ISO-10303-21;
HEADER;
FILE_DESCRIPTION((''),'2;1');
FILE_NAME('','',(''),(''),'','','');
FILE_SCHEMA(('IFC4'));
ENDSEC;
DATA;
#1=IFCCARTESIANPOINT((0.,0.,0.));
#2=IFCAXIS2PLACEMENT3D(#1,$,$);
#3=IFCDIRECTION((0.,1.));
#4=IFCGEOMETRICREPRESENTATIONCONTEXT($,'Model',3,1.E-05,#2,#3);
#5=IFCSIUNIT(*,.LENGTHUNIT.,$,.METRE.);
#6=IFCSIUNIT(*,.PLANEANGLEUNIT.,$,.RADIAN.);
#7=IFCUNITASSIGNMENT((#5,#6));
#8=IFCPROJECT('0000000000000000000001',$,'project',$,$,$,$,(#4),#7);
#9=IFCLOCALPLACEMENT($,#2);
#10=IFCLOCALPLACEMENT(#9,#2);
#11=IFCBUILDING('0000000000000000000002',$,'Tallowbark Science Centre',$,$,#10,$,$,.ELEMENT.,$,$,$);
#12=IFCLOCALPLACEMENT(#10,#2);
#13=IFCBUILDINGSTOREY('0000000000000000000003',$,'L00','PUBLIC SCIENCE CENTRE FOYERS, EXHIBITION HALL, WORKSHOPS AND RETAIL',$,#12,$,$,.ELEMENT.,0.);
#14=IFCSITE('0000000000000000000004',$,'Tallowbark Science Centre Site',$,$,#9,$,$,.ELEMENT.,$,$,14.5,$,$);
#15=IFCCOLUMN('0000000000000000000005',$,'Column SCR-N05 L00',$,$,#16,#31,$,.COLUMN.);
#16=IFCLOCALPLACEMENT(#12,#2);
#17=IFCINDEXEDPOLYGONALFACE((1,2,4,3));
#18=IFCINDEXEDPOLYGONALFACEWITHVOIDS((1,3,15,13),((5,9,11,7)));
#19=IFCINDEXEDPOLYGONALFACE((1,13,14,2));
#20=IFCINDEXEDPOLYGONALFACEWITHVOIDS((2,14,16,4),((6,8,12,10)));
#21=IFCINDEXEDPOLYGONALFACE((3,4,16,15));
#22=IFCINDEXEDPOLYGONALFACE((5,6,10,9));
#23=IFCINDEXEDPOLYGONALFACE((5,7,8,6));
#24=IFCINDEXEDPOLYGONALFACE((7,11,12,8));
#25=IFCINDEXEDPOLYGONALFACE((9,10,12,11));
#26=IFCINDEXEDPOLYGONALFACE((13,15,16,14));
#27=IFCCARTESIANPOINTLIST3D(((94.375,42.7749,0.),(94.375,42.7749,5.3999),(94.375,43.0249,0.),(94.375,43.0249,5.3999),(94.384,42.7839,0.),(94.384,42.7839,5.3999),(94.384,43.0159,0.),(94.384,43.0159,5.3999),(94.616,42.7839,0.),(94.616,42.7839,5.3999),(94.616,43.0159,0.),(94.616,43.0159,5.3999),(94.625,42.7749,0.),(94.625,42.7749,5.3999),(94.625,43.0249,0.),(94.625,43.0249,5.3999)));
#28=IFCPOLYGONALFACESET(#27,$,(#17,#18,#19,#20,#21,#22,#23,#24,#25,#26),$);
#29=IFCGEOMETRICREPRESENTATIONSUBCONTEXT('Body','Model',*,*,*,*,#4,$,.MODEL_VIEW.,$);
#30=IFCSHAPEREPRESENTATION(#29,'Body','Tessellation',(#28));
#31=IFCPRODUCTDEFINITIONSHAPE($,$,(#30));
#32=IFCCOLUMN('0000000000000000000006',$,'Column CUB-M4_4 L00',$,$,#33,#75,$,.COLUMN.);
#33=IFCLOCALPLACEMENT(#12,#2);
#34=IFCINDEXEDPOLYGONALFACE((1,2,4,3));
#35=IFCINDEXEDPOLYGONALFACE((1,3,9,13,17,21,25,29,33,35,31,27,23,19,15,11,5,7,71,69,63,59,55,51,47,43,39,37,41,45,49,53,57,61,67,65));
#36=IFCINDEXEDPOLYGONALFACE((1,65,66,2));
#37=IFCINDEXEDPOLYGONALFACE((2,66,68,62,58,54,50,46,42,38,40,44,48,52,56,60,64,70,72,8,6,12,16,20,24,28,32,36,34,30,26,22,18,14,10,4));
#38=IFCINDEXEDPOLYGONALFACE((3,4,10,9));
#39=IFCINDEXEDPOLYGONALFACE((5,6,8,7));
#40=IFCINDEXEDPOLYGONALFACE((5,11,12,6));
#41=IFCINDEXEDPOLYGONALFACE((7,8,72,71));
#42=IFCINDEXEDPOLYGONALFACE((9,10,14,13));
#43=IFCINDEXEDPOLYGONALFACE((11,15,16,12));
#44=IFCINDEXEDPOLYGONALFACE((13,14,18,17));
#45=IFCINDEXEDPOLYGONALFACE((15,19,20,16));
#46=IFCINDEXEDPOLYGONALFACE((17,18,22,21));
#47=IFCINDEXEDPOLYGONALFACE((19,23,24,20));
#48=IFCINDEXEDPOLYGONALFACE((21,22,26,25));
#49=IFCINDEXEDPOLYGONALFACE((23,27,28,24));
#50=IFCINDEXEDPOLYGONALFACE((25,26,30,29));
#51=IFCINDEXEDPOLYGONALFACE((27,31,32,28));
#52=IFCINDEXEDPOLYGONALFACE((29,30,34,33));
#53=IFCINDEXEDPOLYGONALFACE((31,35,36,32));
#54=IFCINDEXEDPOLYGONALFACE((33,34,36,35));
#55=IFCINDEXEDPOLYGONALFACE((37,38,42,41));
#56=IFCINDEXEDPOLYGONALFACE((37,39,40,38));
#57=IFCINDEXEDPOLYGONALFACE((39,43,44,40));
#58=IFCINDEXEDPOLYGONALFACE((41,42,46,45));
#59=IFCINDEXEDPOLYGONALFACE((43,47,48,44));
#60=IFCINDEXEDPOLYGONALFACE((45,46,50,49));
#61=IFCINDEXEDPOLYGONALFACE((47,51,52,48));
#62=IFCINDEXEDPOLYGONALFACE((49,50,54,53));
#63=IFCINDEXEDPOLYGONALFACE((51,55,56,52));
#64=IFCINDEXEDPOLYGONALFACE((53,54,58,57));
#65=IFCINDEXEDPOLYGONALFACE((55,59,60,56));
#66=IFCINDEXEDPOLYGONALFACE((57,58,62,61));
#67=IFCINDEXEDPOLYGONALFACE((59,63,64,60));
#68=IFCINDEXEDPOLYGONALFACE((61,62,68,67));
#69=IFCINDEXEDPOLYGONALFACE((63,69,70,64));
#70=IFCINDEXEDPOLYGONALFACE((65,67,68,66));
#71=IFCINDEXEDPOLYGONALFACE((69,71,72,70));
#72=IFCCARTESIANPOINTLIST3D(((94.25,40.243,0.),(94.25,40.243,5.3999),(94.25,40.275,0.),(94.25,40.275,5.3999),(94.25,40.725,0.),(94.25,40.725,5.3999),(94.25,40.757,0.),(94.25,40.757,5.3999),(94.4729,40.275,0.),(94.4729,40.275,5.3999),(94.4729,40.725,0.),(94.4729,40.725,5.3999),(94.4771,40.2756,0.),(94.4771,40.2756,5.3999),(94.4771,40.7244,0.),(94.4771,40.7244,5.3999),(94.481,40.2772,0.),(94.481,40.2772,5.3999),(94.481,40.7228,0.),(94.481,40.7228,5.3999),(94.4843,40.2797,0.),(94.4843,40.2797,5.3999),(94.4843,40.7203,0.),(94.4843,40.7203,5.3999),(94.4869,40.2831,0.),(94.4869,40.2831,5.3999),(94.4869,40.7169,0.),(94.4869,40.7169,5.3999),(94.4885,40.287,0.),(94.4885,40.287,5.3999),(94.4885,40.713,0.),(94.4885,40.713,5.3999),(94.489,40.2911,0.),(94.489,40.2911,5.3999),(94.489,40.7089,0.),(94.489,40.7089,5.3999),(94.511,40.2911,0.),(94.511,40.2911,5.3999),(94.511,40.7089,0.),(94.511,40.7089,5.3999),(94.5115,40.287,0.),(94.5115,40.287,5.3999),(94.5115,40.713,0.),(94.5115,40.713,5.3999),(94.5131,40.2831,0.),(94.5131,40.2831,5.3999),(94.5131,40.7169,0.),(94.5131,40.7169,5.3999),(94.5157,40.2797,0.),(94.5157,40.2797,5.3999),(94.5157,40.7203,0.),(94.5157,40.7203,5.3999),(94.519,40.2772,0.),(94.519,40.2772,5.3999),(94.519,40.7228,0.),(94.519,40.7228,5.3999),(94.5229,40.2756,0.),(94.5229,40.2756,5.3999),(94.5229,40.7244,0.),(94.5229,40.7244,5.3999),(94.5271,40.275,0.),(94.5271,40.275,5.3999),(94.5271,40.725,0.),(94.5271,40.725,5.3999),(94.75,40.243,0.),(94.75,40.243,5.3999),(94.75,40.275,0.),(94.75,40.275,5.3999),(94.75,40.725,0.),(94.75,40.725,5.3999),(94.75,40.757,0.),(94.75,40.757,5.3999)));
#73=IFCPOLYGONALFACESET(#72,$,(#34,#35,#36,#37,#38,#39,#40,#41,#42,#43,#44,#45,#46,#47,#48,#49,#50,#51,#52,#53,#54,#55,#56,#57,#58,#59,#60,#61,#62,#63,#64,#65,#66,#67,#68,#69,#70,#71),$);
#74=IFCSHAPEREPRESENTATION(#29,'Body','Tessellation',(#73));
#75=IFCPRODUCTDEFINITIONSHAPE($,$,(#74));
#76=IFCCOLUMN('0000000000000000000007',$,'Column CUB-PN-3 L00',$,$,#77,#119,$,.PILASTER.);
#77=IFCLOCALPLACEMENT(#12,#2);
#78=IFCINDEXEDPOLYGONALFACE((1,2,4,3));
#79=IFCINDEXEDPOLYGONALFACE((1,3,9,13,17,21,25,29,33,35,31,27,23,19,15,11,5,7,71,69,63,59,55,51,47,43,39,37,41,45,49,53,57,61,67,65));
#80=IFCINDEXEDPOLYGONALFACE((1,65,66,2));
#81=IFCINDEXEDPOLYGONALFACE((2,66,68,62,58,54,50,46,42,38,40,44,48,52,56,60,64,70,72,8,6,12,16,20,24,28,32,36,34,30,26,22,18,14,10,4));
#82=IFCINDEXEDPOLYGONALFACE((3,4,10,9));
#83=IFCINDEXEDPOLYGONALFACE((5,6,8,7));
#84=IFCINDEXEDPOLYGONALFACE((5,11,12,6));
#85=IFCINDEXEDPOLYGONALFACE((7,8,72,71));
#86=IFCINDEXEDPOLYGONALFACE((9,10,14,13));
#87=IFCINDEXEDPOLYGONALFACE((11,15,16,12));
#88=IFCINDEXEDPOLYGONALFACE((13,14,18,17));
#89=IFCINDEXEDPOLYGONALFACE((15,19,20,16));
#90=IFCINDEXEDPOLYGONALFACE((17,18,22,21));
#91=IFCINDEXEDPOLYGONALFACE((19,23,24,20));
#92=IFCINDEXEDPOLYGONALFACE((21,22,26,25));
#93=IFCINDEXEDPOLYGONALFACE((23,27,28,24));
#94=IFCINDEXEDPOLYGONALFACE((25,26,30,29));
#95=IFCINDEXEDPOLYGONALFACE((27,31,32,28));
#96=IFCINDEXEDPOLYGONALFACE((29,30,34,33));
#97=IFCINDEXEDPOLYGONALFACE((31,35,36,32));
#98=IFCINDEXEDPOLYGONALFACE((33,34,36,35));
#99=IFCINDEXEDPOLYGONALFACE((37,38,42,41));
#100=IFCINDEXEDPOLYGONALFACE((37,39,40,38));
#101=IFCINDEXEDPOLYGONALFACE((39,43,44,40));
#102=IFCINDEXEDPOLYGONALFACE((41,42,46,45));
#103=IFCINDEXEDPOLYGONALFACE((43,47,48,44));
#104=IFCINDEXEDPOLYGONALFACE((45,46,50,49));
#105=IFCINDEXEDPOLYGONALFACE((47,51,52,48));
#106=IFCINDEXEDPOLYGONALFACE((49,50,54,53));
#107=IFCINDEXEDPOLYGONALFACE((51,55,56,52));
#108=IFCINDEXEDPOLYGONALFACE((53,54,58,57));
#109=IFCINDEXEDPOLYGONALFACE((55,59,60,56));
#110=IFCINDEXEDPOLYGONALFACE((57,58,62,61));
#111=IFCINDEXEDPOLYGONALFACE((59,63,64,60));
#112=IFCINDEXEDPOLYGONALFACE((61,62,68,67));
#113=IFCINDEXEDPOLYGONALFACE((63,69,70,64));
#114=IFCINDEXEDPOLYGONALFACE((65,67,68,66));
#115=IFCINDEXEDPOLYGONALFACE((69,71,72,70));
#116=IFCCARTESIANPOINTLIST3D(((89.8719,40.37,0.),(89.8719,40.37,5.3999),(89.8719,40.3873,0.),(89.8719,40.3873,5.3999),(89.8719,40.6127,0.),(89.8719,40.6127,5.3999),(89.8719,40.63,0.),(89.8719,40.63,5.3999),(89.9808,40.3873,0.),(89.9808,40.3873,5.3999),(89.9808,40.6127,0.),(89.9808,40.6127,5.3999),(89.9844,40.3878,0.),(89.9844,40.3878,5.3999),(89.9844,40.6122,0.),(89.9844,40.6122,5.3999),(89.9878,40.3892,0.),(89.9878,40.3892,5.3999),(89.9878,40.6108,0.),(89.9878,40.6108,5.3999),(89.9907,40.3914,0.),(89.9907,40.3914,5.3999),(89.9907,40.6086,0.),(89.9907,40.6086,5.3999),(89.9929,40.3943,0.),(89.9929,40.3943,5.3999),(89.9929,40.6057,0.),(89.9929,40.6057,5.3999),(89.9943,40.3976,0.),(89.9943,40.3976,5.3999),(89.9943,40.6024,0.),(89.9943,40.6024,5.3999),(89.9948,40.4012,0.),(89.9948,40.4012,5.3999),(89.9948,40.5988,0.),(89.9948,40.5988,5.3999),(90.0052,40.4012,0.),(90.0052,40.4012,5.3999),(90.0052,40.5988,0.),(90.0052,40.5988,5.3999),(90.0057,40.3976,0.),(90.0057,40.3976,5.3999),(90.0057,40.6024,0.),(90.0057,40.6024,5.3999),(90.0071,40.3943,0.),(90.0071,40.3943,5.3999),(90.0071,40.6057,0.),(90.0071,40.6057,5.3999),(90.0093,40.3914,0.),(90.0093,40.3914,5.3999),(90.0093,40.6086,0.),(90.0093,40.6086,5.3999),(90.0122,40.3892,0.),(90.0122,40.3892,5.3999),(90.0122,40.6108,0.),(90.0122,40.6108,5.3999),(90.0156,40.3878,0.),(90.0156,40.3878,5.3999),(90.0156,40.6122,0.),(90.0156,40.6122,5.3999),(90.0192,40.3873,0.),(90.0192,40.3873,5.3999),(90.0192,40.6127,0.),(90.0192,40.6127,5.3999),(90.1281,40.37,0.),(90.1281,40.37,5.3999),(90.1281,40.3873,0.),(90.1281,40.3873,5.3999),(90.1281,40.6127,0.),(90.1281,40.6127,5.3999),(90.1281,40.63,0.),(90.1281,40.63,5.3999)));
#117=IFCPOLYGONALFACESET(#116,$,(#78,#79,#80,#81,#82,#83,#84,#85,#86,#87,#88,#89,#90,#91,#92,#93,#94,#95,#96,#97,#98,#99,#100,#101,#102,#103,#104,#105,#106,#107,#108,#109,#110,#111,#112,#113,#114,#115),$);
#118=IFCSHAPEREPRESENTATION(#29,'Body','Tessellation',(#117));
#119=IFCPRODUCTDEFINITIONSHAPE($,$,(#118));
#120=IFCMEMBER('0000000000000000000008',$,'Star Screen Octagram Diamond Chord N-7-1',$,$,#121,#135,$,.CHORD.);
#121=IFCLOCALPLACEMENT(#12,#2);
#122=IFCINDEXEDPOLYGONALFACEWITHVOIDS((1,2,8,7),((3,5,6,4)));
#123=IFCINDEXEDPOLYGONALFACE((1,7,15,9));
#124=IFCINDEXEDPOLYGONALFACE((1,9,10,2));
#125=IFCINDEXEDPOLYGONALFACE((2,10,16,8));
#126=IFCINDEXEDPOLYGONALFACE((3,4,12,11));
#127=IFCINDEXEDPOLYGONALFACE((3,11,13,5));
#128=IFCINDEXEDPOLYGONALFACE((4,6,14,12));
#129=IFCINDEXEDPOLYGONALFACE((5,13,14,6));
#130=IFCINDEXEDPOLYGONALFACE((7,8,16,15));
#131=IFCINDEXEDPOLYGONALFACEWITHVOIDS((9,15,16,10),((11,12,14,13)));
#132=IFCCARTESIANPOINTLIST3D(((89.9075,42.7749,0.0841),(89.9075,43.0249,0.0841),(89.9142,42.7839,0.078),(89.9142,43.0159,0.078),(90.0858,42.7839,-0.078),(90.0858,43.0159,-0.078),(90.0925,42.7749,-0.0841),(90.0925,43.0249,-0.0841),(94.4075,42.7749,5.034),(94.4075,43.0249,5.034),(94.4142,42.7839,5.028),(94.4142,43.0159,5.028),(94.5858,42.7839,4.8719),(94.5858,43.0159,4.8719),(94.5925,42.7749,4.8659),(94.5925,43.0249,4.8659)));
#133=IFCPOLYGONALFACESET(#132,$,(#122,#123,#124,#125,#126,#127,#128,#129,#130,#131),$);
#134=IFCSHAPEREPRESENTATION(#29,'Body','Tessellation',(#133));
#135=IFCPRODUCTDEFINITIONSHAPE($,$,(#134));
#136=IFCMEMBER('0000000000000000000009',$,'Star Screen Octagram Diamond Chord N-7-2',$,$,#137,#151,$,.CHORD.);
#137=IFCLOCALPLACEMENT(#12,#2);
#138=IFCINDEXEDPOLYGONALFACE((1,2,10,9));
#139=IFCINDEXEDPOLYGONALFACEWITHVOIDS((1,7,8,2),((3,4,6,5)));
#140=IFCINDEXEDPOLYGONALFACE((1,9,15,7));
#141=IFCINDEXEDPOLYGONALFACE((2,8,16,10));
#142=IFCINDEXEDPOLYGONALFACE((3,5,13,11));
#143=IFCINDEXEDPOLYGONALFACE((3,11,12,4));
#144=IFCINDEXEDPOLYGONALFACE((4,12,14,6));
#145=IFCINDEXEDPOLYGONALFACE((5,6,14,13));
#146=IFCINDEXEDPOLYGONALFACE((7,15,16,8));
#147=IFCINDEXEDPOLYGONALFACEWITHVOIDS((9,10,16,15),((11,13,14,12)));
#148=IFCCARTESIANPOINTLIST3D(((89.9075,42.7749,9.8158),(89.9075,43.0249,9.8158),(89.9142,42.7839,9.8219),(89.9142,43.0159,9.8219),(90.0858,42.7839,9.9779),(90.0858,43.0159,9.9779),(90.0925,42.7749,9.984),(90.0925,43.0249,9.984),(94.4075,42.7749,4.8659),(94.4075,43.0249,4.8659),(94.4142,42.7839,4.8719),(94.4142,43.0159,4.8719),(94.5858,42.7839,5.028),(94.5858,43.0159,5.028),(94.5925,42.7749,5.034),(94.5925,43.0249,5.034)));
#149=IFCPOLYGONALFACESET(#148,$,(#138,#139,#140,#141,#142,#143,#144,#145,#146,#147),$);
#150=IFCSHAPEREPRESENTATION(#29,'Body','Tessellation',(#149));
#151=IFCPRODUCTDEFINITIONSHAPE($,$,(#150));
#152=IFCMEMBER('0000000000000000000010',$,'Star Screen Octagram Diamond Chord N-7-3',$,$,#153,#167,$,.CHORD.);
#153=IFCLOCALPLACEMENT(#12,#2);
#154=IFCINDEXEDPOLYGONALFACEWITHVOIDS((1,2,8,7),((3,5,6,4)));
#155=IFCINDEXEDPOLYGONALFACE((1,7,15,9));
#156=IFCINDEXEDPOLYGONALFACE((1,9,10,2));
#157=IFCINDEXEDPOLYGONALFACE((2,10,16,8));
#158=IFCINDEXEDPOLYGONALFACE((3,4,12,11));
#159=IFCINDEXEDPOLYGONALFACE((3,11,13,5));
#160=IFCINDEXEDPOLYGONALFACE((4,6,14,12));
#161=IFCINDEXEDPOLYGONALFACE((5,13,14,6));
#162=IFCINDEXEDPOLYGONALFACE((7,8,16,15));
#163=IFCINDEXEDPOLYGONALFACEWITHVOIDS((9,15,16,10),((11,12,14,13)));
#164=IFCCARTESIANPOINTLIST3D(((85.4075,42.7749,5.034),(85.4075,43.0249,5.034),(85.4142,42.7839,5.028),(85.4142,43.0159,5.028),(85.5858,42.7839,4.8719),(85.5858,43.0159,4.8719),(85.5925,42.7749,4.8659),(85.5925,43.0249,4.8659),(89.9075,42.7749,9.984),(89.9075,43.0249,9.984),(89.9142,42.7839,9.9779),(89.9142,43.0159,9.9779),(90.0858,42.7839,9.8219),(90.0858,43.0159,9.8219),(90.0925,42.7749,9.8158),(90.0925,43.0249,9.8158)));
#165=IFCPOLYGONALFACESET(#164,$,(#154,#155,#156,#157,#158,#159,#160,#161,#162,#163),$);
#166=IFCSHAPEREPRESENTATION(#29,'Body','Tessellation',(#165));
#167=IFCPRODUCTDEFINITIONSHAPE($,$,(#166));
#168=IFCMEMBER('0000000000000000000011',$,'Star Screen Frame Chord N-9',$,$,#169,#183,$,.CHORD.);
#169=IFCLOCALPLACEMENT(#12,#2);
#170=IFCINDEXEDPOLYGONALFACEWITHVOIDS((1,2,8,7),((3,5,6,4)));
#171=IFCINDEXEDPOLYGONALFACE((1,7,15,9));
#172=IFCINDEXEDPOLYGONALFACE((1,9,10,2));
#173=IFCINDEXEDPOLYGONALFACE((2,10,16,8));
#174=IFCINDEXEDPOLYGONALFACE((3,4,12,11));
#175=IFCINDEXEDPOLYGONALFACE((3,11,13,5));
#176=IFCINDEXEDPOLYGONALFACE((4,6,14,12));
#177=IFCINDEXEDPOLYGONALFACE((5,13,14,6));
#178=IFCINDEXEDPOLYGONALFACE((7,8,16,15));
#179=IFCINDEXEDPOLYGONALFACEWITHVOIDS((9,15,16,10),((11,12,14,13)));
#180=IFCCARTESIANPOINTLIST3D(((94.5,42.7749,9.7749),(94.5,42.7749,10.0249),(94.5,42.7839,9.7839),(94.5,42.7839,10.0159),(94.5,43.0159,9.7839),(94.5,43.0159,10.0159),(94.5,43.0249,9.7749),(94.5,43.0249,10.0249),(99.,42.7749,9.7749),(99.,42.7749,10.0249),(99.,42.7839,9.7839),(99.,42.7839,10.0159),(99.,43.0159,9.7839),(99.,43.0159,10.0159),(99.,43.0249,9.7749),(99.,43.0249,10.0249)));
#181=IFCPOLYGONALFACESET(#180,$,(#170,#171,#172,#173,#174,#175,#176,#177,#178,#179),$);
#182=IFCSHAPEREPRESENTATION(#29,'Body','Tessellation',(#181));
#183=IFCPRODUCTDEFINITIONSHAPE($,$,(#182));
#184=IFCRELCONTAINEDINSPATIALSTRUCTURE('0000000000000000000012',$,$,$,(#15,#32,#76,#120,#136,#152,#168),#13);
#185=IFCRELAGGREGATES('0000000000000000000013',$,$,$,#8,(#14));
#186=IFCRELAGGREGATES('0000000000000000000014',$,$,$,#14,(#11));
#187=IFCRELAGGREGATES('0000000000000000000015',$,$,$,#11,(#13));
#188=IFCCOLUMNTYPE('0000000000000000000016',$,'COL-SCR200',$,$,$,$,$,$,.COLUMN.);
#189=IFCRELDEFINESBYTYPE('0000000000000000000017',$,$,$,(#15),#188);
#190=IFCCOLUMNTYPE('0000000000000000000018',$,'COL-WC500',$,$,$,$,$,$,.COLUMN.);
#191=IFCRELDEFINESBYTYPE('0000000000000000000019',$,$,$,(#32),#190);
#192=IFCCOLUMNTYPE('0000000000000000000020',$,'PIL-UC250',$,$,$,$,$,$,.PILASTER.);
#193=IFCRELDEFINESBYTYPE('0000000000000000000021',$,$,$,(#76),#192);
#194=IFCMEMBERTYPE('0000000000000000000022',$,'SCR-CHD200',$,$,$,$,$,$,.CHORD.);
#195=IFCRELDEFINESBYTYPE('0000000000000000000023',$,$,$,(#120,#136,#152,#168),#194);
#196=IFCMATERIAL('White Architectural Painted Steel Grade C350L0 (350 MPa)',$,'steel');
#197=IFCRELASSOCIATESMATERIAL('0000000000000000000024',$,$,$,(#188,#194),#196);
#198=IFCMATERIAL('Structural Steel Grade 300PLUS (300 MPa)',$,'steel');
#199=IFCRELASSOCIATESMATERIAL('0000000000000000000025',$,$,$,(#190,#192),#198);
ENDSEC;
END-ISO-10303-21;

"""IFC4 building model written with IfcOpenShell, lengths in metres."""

from ifc_helpers import new_model, si_unit, direction, frame, origin, origin_2d, place, context, subcontext, project, spatial, hollow_rectangle, i_section, extrude, material, material_profile, profile_set, type_object, element, save


model = new_model("IFC4")

# Units and contexts
model_context = context("Model", 3, precision=1e-05, world=origin(), true_north=direction((0.0, 1.0)))
body_context = subcontext(model_context, "Body", "Model", "MODEL_VIEW")
ifc_project = project(units=[si_unit("LENGTHUNIT", "METRE"), si_unit("PLANEANGLEUNIT", "RADIAN")], contexts=[model_context])

# Site, building, storey
site_placement = place(None, origin())
site = spatial("IfcSite", under=ifc_project, at=site_placement, Name="Tallowbark Science Centre Site", CompositionType="ELEMENT", RefElevation=14.5)
building_placement = place(site_placement, origin())
building = spatial("IfcBuilding", under=site, at=building_placement, Name="Tallowbark Science Centre", CompositionType="ELEMENT")
storey_placement = place(building_placement, origin())
storey = spatial("IfcBuildingStorey", under=building, at=storey_placement, Name="L00", Description="PUBLIC SCIENCE CENTRE FOYERS, EXHIBITION HALL, WORKSHOPS AND RETAIL", CompositionType="ELEMENT", Elevation=0.0)

# Columns
ifc_material_1 = material(Name="White Architectural Painted Steel Grade C350L0 (350 MPa)", Category="steel")
ifc_material_profile_1 = material_profile(ifc_material_1, hollow_rectangle(XDim=0.25, YDim=0.25, WallThickness=0.009, at=origin_2d()), Name="250x250x9.0SHS")
ifc_profile_set_1 = profile_set([ifc_material_profile_1], Name="White Architectural Painted Steel Grade C350L0 (350 MPa)")
column_type_1 = type_object("IfcColumnType", Name="COL-SCR200", PredefinedType="COLUMN", material=ifc_profile_set_1)
column_1_placement = place(storey_placement, frame((94.5, 42.8999, 0.0), z_axis=(0.0, 0.0, 1.0), x_axis=(1.0, 0.0, 0.0)))
element("IfcColumn", 1, at=column_1_placement, inside=storey, type_object=column_type_1, Name="Column SCR-N05 L00", PredefinedType="COLUMN", context=body_context, shape_type="SweptSolid", body=[
    extrude(hollow_rectangle(XDim=0.25, YDim=0.25, WallThickness=0.009, at=origin_2d()), origin(), (0.0, 0.0, 1.0), 5.3999),
])
ifc_material_2 = material(Name="Structural Steel Grade 300PLUS (300 MPa)", Category="steel")
ifc_material_profile_2 = material_profile(ifc_material_2, i_section(OverallWidth=0.5, OverallDepth=0.5139, WebThickness=0.022, FlangeThickness=0.032, FilletRadius=0.0161, at=origin_2d()), Name="500WC340")
ifc_profile_set_2 = profile_set([ifc_material_profile_2], Name="Structural Steel Grade 300PLUS (300 MPa)")
column_type_2 = type_object("IfcColumnType", Name="COL-WC500", PredefinedType="COLUMN", material=ifc_profile_set_2)
column_2_placement = place(storey_placement, frame((94.5, 40.5, 0.0), z_axis=(0.0, 0.0, 1.0), x_axis=(1.0, 0.0, 0.0)))
element("IfcColumn", 2, at=column_2_placement, inside=storey, type_object=column_type_2, Name="Column CUB-M4_4 L00", PredefinedType="COLUMN", context=body_context, shape_type="SweptSolid", body=[
    extrude(i_section(OverallWidth=0.5, OverallDepth=0.5139, WebThickness=0.022, FlangeThickness=0.032, FilletRadius=0.0161, at=origin_2d()), origin(), (0.0, 0.0, 1.0), 5.3999),
])
ifc_material_profile_3 = material_profile(ifc_material_2, i_section(OverallWidth=0.2561, OverallDepth=0.26, WebThickness=0.0105, FlangeThickness=0.0173, FilletRadius=0.0139, at=origin_2d()), Name="250UC89.5")
ifc_profile_set_3 = profile_set([ifc_material_profile_3], Name="Structural Steel Grade 300PLUS (300 MPa)")
column_type_3 = type_object("IfcColumnType", Name="PIL-UC250", PredefinedType="PILASTER", material=ifc_profile_set_3)
column_3_placement = place(storey_placement, frame((90.0, 40.5, 0.0), z_axis=(0.0, 0.0, 1.0), x_axis=(1.0, 0.0, 0.0)))
element("IfcColumn", 3, at=column_3_placement, inside=storey, type_object=column_type_3, Name="Column CUB-PN-3 L00", PredefinedType="PILASTER", context=body_context, shape_type="SweptSolid", body=[
    extrude(i_section(OverallWidth=0.2561, OverallDepth=0.26, WebThickness=0.0105, FlangeThickness=0.0173, FilletRadius=0.0139, at=origin_2d()), origin(), (0.0, 0.0, 1.0), 5.3999),
])

# Members
ifc_material_profile_4 = material_profile(ifc_material_1, hollow_rectangle(XDim=0.25, YDim=0.25, WallThickness=0.009, at=origin_2d()), Name="250x250x9.0SHS")
ifc_profile_set_4 = profile_set([ifc_material_profile_4], Name="White Architectural Painted Steel Grade C350L0 (350 MPa)")
member_type_1 = type_object("IfcMemberType", Name="SCR-CHD200", PredefinedType="CHORD", material=ifc_profile_set_4)
for number, where, z_axis, x_axis, name in (
    (4, (90.0, 42.8999, 0.0), (0.672676, 0.0, 0.739937), (0.0, 1.0, 0.0), "Star Screen Octagram Diamond Chord N-7-1"),
    (5, (94.5, 42.8999, 4.95), (-0.672676, 0.0, 0.739937), (0.0, -1.0, 0.0), "Star Screen Octagram Diamond Chord N-7-2"),
    (6, (90.0, 42.8999, 9.8999), (-0.672676, 0.0, -0.739937), (0.0, -1.0, 0.0), "Star Screen Octagram Diamond Chord N-7-3"),
):
    element("IfcMember", number, at=place(storey_placement, frame(where, z_axis=z_axis, x_axis=x_axis)), inside=storey, type_object=member_type_1, Name=name, PredefinedType="CHORD", context=body_context, shape_type="SweptSolid", body=[
        extrude(hollow_rectangle(XDim=0.25, YDim=0.25, WallThickness=0.009, at=origin_2d()), origin(), (0.0, 0.0, 1.0), 6.6897),
    ])
member_1_placement = place(storey_placement, frame((94.5, 42.8999, 9.8999), z_axis=(1.0, 0.0, 0.0), x_axis=(0.0, 1.0, 0.0)))
element("IfcMember", 7, at=member_1_placement, inside=storey, type_object=member_type_1, Name="Star Screen Frame Chord N-9", PredefinedType="CHORD", context=body_context, shape_type="SweptSolid", body=[
    extrude(hollow_rectangle(XDim=0.25, YDim=0.25, WallThickness=0.009, at=origin_2d()), origin(), (0.0, 0.0, 1.0), 4.5),
])

save(model, "model.ifc")
